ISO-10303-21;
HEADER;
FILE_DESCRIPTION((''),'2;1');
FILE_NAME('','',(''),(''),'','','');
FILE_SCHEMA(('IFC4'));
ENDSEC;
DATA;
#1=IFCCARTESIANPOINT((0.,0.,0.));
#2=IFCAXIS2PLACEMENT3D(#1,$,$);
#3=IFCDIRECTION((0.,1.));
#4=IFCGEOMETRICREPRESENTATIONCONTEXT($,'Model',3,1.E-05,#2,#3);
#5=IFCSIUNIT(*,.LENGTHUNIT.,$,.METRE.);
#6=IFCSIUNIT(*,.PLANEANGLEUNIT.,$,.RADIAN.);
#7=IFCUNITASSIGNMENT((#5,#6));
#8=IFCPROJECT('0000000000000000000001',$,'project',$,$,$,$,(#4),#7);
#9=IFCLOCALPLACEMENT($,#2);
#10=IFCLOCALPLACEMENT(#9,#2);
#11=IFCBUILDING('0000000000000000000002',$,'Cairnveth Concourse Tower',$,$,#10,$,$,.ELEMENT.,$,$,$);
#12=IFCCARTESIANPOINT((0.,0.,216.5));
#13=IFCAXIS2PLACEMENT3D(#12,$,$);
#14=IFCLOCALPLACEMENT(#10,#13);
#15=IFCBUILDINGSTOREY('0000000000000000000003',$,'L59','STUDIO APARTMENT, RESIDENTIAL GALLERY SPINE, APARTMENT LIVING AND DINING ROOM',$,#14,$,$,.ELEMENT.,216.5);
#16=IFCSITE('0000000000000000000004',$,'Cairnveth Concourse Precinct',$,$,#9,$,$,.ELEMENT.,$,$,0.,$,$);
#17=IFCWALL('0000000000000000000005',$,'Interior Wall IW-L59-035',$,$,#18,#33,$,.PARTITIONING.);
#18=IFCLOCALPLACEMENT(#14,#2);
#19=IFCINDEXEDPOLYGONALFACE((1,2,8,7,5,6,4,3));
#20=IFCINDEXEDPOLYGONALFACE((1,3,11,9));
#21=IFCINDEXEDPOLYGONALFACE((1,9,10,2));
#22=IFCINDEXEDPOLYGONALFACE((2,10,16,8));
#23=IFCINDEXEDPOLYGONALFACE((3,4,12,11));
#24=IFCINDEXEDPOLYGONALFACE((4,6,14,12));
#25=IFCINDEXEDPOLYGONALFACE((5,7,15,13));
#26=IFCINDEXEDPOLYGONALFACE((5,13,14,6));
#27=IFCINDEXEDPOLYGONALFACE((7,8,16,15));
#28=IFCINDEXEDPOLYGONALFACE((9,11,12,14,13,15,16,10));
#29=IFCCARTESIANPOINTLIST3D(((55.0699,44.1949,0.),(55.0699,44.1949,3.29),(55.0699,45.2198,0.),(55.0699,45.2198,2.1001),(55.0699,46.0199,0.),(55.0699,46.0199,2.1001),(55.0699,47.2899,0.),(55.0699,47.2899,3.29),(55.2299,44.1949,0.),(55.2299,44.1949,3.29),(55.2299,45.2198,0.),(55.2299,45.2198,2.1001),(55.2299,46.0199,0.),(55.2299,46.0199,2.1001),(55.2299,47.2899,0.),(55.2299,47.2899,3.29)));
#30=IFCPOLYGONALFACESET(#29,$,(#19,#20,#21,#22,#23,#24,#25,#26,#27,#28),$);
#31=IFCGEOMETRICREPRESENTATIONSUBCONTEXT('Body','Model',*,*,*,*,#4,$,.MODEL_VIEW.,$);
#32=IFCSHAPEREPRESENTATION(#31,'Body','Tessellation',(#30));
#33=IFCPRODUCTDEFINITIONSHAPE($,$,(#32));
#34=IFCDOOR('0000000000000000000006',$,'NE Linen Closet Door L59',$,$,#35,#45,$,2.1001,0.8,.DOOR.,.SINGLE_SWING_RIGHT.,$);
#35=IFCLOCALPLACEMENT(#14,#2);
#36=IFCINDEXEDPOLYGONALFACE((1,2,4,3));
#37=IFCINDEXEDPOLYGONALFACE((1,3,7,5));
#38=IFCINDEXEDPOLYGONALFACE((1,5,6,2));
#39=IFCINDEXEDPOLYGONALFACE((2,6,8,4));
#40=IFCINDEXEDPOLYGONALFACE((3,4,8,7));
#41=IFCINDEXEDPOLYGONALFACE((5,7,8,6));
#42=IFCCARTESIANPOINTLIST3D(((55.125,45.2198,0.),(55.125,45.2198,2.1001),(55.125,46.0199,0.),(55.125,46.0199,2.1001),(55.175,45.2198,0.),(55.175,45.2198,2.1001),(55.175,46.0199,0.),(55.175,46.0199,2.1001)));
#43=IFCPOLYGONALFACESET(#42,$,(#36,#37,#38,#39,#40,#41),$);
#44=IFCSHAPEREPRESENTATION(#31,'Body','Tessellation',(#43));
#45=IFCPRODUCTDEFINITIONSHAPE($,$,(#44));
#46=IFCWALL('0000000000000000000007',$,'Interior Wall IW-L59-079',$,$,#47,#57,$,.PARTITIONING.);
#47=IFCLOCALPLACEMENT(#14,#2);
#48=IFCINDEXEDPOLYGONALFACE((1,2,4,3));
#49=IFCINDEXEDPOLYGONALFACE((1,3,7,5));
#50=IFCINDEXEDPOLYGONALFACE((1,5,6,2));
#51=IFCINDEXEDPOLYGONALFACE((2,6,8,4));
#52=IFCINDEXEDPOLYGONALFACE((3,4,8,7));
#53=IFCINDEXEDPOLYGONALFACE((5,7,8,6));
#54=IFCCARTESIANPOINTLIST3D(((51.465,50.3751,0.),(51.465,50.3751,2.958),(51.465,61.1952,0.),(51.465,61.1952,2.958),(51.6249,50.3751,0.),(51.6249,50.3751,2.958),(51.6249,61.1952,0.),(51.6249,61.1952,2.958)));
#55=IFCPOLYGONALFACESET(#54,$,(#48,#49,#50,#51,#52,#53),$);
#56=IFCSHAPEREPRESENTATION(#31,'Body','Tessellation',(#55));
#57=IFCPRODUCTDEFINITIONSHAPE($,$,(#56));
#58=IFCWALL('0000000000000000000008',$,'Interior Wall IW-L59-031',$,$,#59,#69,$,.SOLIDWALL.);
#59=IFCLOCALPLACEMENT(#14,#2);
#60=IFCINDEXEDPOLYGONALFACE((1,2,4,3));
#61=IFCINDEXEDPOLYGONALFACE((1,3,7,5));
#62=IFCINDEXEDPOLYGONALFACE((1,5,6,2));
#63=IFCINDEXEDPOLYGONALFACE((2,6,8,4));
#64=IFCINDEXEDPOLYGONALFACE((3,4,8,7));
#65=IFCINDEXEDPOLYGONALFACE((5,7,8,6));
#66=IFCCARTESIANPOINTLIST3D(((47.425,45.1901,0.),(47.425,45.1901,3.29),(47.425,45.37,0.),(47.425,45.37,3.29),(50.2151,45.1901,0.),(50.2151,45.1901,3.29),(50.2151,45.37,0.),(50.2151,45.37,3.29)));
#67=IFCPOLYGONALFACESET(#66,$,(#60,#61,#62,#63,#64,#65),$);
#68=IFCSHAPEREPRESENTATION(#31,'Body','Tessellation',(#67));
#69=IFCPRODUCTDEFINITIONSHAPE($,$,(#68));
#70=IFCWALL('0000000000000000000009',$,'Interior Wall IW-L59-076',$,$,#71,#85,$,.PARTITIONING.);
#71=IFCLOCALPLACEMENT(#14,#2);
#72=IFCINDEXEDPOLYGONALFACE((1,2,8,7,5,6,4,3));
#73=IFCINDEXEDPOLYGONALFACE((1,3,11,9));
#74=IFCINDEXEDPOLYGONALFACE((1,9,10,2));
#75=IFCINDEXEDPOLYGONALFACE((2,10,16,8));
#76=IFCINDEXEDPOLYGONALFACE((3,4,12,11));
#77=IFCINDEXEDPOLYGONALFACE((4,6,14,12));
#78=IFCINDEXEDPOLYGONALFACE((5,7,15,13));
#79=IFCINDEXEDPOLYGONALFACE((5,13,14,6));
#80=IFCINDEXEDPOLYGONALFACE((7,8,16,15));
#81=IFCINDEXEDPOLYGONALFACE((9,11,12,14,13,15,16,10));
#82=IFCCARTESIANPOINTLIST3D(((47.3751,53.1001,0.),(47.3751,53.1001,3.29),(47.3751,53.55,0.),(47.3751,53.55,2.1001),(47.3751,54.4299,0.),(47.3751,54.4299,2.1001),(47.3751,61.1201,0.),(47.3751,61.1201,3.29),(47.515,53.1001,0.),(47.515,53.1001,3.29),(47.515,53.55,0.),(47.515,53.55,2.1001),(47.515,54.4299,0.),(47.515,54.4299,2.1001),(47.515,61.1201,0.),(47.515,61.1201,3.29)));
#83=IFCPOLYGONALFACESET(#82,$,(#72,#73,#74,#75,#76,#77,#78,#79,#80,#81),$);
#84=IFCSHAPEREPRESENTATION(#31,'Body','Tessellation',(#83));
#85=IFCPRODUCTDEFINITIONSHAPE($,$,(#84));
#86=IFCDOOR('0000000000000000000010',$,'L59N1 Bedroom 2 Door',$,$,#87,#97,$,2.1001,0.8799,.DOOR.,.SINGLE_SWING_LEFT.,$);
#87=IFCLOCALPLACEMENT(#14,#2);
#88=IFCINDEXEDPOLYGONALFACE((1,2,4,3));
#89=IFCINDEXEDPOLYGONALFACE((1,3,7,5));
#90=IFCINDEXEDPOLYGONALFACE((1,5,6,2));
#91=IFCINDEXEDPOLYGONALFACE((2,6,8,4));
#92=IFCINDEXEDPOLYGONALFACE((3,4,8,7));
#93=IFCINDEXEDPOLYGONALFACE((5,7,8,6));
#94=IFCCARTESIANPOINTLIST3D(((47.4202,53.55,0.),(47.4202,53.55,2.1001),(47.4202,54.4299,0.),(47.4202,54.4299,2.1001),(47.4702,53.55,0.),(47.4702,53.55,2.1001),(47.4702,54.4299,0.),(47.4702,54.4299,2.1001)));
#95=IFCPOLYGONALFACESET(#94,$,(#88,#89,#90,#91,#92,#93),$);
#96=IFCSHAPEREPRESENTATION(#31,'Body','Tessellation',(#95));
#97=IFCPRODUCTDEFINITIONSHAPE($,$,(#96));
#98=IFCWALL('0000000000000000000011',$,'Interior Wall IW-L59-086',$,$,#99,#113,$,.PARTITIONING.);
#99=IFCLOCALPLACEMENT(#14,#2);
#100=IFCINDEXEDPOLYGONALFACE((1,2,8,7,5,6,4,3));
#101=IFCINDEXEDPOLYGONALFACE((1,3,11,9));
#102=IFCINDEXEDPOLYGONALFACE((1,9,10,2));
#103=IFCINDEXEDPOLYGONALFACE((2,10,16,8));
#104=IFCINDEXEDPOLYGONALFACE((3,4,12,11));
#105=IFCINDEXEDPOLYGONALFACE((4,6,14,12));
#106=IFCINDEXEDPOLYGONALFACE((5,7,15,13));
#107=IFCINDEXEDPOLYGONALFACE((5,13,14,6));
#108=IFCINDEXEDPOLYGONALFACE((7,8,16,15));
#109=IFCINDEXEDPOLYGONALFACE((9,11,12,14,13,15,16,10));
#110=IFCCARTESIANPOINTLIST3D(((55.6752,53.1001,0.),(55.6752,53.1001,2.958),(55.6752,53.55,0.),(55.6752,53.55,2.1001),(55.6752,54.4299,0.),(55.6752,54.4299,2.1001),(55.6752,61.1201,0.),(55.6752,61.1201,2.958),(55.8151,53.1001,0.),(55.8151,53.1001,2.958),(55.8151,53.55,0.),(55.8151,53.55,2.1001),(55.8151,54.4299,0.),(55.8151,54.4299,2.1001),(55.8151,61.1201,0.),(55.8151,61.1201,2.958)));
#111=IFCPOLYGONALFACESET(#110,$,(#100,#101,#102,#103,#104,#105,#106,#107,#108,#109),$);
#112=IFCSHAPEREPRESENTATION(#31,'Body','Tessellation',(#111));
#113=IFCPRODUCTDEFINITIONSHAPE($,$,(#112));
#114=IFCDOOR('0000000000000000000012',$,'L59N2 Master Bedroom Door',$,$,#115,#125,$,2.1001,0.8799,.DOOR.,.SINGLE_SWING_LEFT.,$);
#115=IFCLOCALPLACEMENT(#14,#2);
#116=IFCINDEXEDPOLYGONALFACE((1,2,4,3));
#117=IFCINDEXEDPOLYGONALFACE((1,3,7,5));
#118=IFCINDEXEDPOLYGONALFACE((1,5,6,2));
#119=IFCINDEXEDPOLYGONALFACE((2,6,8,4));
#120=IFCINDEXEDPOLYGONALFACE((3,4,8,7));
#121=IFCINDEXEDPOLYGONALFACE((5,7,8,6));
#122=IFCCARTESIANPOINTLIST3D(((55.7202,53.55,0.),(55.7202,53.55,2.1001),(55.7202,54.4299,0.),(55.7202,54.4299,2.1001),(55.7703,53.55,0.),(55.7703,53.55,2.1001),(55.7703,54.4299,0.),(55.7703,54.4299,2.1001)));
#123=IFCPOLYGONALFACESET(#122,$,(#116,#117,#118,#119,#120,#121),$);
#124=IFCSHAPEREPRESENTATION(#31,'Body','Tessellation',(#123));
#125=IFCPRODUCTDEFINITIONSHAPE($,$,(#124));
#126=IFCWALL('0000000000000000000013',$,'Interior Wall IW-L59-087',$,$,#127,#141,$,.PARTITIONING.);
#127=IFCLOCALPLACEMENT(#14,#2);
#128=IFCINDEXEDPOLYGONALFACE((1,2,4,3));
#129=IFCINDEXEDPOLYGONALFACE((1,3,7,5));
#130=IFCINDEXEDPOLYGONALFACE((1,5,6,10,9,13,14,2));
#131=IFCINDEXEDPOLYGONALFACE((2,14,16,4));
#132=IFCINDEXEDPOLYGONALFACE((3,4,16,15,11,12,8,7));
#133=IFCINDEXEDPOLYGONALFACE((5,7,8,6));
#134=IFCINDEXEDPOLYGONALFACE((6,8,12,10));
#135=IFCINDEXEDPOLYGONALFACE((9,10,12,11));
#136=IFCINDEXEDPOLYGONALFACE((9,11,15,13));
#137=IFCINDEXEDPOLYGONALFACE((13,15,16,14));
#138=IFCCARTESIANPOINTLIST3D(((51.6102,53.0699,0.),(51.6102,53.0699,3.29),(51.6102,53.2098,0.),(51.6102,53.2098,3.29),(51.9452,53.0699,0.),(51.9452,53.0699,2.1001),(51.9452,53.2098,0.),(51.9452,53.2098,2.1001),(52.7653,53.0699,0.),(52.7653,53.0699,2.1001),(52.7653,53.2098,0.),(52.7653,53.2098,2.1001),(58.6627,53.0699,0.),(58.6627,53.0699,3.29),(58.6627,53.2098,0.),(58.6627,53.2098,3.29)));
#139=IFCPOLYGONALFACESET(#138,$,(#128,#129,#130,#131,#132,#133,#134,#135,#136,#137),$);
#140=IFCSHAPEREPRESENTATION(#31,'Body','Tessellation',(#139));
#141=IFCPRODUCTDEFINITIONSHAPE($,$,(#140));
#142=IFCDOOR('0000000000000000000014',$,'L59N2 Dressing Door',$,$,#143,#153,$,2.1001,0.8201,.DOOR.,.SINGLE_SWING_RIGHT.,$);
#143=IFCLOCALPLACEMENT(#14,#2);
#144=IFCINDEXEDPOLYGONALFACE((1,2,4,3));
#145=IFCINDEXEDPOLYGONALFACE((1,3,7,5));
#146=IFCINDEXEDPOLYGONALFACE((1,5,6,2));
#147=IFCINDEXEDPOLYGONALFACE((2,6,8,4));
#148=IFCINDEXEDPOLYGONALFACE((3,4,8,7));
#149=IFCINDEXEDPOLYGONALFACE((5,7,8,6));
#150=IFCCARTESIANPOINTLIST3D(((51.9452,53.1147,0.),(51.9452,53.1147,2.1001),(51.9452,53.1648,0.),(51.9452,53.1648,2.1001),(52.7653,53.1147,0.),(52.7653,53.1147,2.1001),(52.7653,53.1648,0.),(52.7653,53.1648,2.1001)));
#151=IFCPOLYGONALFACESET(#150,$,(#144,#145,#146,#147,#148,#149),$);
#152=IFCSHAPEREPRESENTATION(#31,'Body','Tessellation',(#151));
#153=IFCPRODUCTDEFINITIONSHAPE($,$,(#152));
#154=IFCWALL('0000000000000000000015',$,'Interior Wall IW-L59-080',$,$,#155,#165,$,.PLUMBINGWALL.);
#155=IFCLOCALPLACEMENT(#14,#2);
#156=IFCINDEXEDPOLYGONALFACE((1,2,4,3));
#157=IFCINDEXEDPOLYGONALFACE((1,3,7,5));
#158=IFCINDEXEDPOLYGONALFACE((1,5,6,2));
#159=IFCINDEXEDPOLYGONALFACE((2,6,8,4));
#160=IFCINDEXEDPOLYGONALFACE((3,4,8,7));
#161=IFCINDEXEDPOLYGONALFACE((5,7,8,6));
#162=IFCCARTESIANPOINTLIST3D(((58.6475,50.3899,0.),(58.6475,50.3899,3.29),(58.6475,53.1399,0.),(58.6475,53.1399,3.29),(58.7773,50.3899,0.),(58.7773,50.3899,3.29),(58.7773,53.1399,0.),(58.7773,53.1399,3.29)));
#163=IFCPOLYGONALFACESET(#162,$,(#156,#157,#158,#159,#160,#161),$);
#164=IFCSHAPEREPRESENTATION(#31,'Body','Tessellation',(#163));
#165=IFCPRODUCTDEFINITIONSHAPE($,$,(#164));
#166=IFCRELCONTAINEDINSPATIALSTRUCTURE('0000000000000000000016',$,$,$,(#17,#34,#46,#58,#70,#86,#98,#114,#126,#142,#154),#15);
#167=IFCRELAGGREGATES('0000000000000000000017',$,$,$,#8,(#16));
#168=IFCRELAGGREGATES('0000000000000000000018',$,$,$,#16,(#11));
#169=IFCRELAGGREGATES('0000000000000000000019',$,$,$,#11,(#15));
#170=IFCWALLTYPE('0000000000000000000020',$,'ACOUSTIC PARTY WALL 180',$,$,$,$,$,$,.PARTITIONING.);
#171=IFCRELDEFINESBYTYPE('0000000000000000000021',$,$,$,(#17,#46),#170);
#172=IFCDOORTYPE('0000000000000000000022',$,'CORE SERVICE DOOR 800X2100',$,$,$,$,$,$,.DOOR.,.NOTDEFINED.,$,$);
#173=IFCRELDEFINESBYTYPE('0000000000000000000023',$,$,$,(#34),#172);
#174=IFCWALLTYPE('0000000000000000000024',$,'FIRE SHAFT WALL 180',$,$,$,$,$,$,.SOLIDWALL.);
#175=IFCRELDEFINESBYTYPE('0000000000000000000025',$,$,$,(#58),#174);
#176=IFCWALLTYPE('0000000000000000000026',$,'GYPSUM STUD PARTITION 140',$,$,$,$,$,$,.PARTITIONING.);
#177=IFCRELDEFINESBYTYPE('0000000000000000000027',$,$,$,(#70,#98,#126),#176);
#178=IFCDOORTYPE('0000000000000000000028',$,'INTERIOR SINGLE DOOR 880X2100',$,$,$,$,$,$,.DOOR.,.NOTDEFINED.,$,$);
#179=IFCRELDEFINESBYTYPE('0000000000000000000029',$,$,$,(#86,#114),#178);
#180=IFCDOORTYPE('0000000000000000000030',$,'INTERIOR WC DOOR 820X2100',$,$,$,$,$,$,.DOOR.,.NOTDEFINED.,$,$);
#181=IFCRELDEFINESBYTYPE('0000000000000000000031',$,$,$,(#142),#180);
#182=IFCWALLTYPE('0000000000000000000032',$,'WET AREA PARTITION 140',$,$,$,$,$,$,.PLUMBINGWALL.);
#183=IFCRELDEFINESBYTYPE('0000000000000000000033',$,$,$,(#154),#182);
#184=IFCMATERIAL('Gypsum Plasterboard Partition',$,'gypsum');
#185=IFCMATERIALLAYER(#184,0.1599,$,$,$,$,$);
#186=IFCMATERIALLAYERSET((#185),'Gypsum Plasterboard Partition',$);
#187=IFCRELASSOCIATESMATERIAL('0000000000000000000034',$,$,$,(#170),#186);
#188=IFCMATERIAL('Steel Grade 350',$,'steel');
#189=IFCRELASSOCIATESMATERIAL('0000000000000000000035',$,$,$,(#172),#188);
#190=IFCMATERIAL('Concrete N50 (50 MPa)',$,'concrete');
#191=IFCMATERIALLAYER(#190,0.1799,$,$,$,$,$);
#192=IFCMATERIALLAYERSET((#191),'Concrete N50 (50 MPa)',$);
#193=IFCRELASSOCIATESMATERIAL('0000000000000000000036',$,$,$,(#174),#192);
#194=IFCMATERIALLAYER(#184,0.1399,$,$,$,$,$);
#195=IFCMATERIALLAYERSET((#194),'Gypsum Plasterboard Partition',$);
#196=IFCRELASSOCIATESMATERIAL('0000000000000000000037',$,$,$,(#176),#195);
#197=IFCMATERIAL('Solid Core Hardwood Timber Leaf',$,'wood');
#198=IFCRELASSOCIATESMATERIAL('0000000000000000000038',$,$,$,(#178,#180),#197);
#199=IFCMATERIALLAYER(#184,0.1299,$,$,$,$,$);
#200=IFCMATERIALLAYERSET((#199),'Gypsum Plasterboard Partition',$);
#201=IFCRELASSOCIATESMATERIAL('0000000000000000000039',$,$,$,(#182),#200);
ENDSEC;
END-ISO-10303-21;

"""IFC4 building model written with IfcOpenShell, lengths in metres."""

from ifc_helpers import new_model, si_unit, direction, frame, frame_2d, origin, place, context, subcontext, project, spatial, rectangle, extrude, material, layer, layer_set, type_object, element, fill, save


model = new_model("IFC4")

# Units and contexts
model_context = context("Model", 3, precision=1e-05, world=origin(), true_north=direction((0.0, 1.0)))
body_context = subcontext(model_context, "Body", "Model", "MODEL_VIEW")
ifc_project = project(units=[si_unit("LENGTHUNIT", "METRE"), si_unit("PLANEANGLEUNIT", "RADIAN")], contexts=[model_context])

# Site, building, storey
site_placement = place(None, origin())
site = spatial("IfcSite", under=ifc_project, at=site_placement, Name="Cairnveth Concourse Precinct", CompositionType="ELEMENT", RefElevation=0.0)
building_placement = place(site_placement, origin())
building = spatial("IfcBuilding", under=site, at=building_placement, Name="Cairnveth Concourse Tower", CompositionType="ELEMENT")
storey_placement = place(building_placement, frame((0.0, 0.0, 216.5)))
storey = spatial("IfcBuildingStorey", under=building, at=storey_placement, Name="L59", Description="STUDIO APARTMENT, RESIDENTIAL GALLERY SPINE, APARTMENT LIVING AND DINING ROOM", CompositionType="ELEMENT", Elevation=216.5)

# Shared definitions
ifc_material_1 = material(Name="Steel Grade 350", Category="steel")

# Wall, opening, door
ifc_material_2 = material(Name="Gypsum Plasterboard Partition", Category="gypsum")
ifc_layer_1 = layer(ifc_material_2, 0.1599)
ifc_layer_set_1 = layer_set([ifc_layer_1], Name="Gypsum Plasterboard Partition")
wall_type_1 = type_object("IfcWallType", Name="ACOUSTIC PARTY WALL 180", PredefinedType="PARTITIONING", material=ifc_layer_set_1)
wall_1_placement = place(storey_placement, frame((55.1499, 44.1951, 0.0), z_axis=(0.0, 0.0, 1.0), x_axis=(0.0, 1.0, 0.0)))
wall_1 = element("IfcWall", 1, at=wall_1_placement, inside=storey, type_object=wall_type_1, Name="Interior Wall IW-L59-035", PredefinedType="PARTITIONING", context=body_context, shape_type="SweptSolid", body=[
    extrude(rectangle(XDim=3.095, YDim=0.1599, at=frame_2d((1.5474, 0.0))), origin(), (0.0, 0.0, 1.0), 3.29),
])
opening_1_placement = place(wall_1_placement, frame((1.0249, 0.0, 0.0)))
opening_1 = element("IfcOpeningElement", 2, at=opening_1_placement, cuts=wall_1, PredefinedType="OPENING", context=body_context, shape_type="SweptSolid", body=[
    extrude(rectangle(XDim=0.8, YDim=2.1001, at=frame_2d((0.3999, 1.05))), frame((0.0, 0.0898, 0.0), z_axis=(0.0, -1.0, 0.0), x_axis=(1.0, 0.0, 0.0)), (0.0, 0.0, 1.0), 0.1799),
])
door_type_1 = type_object("IfcDoorType", Name="CORE SERVICE DOOR 800X2100", OperationType="NOTDEFINED", PredefinedType="DOOR", material=ifc_material_1)
door_1_placement = place(opening_1_placement, origin())
door_1 = element("IfcDoor", 3, at=door_1_placement, inside=storey, type_object=door_type_1, Name="NE Linen Closet Door L59", OperationType="SINGLE_SWING_RIGHT", OverallHeight=2.1001, OverallWidth=0.8, PredefinedType="DOOR", context=body_context, shape_type="SweptSolid", body=[
    extrude(rectangle(XDim=0.8, YDim=2.1001, at=frame_2d((0.3999, 1.05))), frame((0.0, 0.0249, 0.0), z_axis=(0.0, -1.0, 0.0), x_axis=(1.0, 0.0, 0.0)), (0.0, 0.0, 1.0), 0.05),
])
fill(opening_1, door_1)

# Walls
wall_2_placement = place(storey_placement, frame((51.5449, 50.375, 0.0), z_axis=(0.0, 0.0, 1.0), x_axis=(0.0, 1.0, 0.0)))
element("IfcWall", 4, at=wall_2_placement, inside=storey, type_object=wall_type_1, Name="Interior Wall IW-L59-079", PredefinedType="PARTITIONING", context=body_context, shape_type="SweptSolid", body=[
    extrude(rectangle(XDim=10.8201, YDim=0.1599, at=frame_2d((5.4102, 0.0))), origin(), (0.0, 0.0, 1.0), 2.958),
])
ifc_material_3 = material(Name="Concrete N50 (50 MPa)", Category="concrete")
ifc_layer_2 = layer(ifc_material_3, 0.1799)
ifc_layer_set_2 = layer_set([ifc_layer_2], Name="Concrete N50 (50 MPa)")
wall_type_2 = type_object("IfcWallType", Name="FIRE SHAFT WALL 180", PredefinedType="SOLIDWALL", material=ifc_layer_set_2)
wall_3_placement = place(storey_placement, frame((47.425, 45.28, 0.0), z_axis=(0.0, 0.0, 1.0), x_axis=(1.0, 0.0, 0.0)))
element("IfcWall", 5, at=wall_3_placement, inside=storey, type_object=wall_type_2, Name="Interior Wall IW-L59-031", PredefinedType="SOLIDWALL", context=body_context, shape_type="SweptSolid", body=[
    extrude(rectangle(XDim=2.79, YDim=0.1799, at=frame_2d((1.395, 0.0))), origin(), (0.0, 0.0, 1.0), 3.29),
])

# Walls, openings, doors
ifc_layer_3 = layer(ifc_material_2, 0.1399)
ifc_layer_set_3 = layer_set([ifc_layer_3], Name="Gypsum Plasterboard Partition")
wall_type_3 = type_object("IfcWallType", Name="GYPSUM STUD PARTITION 140", PredefinedType="PARTITIONING", material=ifc_layer_set_3)
wall_4_placement = place(storey_placement, frame((47.4451, 53.1001, 0.0), z_axis=(0.0, 0.0, 1.0), x_axis=(0.0, 1.0, 0.0)))
wall_4 = element("IfcWall", 6, at=wall_4_placement, inside=storey, type_object=wall_type_3, Name="Interior Wall IW-L59-076", PredefinedType="PARTITIONING", context=body_context, shape_type="SweptSolid", body=[
    extrude(rectangle(XDim=8.02, YDim=0.1399, at=frame_2d((4.01, 0.0))), origin(), (0.0, 0.0, 1.0), 3.29),
])
opening_2_placement = place(wall_4_placement, frame((0.45, 0.0, 0.0)))
opening_2 = element("IfcOpeningElement", 7, at=opening_2_placement, cuts=wall_4, PredefinedType="OPENING", context=body_context, shape_type="SweptSolid", body=[
    extrude(rectangle(XDim=0.8799, YDim=2.1001, at=frame_2d((0.4399, 1.05))), frame((0.0, 0.0798, 0.0), z_axis=(0.0, -1.0, 0.0), x_axis=(1.0, 0.0, 0.0)), (0.0, 0.0, 1.0), 0.1599),
])
ifc_material_4 = material(Name="Solid Core Hardwood Timber Leaf", Category="wood")
door_type_2 = type_object("IfcDoorType", Name="INTERIOR SINGLE DOOR 880X2100", OperationType="NOTDEFINED", PredefinedType="DOOR", material=ifc_material_4)
door_2_placement = place(opening_2_placement, origin())
door_2 = element("IfcDoor", 8, at=door_2_placement, inside=storey, type_object=door_type_2, Name="L59N1 Bedroom 2 Door", OperationType="SINGLE_SWING_LEFT", OverallHeight=2.1001, OverallWidth=0.8799, PredefinedType="DOOR", context=body_context, shape_type="SweptSolid", body=[
    extrude(rectangle(XDim=0.8799, YDim=2.1001, at=frame_2d((0.4399, 1.05))), frame((0.0, 0.0249, 0.0), z_axis=(0.0, -1.0, 0.0), x_axis=(1.0, 0.0, 0.0)), (0.0, 0.0, 1.0), 0.05),
])
fill(opening_2, door_2)
wall_5_placement = place(storey_placement, frame((55.7451, 53.1001, 0.0), z_axis=(0.0, 0.0, 1.0), x_axis=(0.0, 1.0, 0.0)))
wall_5 = element("IfcWall", 9, at=wall_5_placement, inside=storey, type_object=wall_type_3, Name="Interior Wall IW-L59-086", PredefinedType="PARTITIONING", context=body_context, shape_type="SweptSolid", body=[
    extrude(rectangle(XDim=8.02, YDim=0.1399, at=frame_2d((4.01, 0.0))), origin(), (0.0, 0.0, 1.0), 2.958),
])
opening_3_placement = place(wall_5_placement, frame((0.45, 0.0, 0.0)))
opening_3 = element("IfcOpeningElement", 10, at=opening_3_placement, cuts=wall_5, PredefinedType="OPENING", context=body_context, shape_type="SweptSolid", body=[
    extrude(rectangle(XDim=0.8799, YDim=2.1001, at=frame_2d((0.4399, 1.05))), frame((0.0, 0.0798, 0.0), z_axis=(0.0, -1.0, 0.0), x_axis=(1.0, 0.0, 0.0)), (0.0, 0.0, 1.0), 0.1599),
])
door_3_placement = place(opening_3_placement, origin())
door_3 = element("IfcDoor", 11, at=door_3_placement, inside=storey, type_object=door_type_2, Name="L59N2 Master Bedroom Door", OperationType="SINGLE_SWING_LEFT", OverallHeight=2.1001, OverallWidth=0.8799, PredefinedType="DOOR", context=body_context, shape_type="SweptSolid", body=[
    extrude(rectangle(XDim=0.8799, YDim=2.1001, at=frame_2d((0.4399, 1.05))), frame((0.0, 0.0249, 0.0), z_axis=(0.0, -1.0, 0.0), x_axis=(1.0, 0.0, 0.0)), (0.0, 0.0, 1.0), 0.05),
])
fill(opening_3, door_3)
wall_6_placement = place(storey_placement, frame((51.6101, 53.1399, 0.0), z_axis=(0.0, 0.0, 1.0), x_axis=(1.0, 0.0, 0.0)))
wall_6 = element("IfcWall", 12, at=wall_6_placement, inside=storey, type_object=wall_type_3, Name="Interior Wall IW-L59-087", PredefinedType="PARTITIONING", context=body_context, shape_type="SweptSolid", body=[
    extrude(rectangle(XDim=7.0525, YDim=0.1399, at=frame_2d((3.5264, 0.0))), origin(), (0.0, 0.0, 1.0), 3.29),
])
opening_4_placement = place(wall_6_placement, frame((0.335, 0.0, 0.0)))
opening_4 = element("IfcOpeningElement", 13, at=opening_4_placement, cuts=wall_6, PredefinedType="OPENING", context=body_context, shape_type="SweptSolid", body=[
    extrude(rectangle(XDim=0.8201, YDim=2.1001, at=frame_2d((0.4102, 1.05))), frame((0.0, 0.0798, 0.0), z_axis=(0.0, -1.0, 0.0), x_axis=(1.0, 0.0, 0.0)), (0.0, 0.0, 1.0), 0.1599),
])
door_type_3 = type_object("IfcDoorType", Name="INTERIOR WC DOOR 820X2100", OperationType="NOTDEFINED", PredefinedType="DOOR", material=ifc_material_4)
door_4_placement = place(opening_4_placement, origin())
door_4 = element("IfcDoor", 14, at=door_4_placement, inside=storey, type_object=door_type_3, Name="L59N2 Dressing Door", OperationType="SINGLE_SWING_RIGHT", OverallHeight=2.1001, OverallWidth=0.8201, PredefinedType="DOOR", context=body_context, shape_type="SweptSolid", body=[
    extrude(rectangle(XDim=0.8201, YDim=2.1001, at=frame_2d((0.4102, 1.05))), frame((0.0, 0.0249, 0.0), z_axis=(0.0, -1.0, 0.0), x_axis=(1.0, 0.0, 0.0)), (0.0, 0.0, 1.0), 0.05),
])
fill(opening_4, door_4)

# Wall
ifc_layer_4 = layer(ifc_material_2, 0.1299)
ifc_layer_set_4 = layer_set([ifc_layer_4], Name="Gypsum Plasterboard Partition")
wall_type_4 = type_object("IfcWallType", Name="WET AREA PARTITION 140", PredefinedType="PLUMBINGWALL", material=ifc_layer_set_4)
wall_7_placement = place(storey_placement, frame((58.7124, 50.3899, 0.0), z_axis=(0.0, 0.0, 1.0), x_axis=(0.0, 1.0, 0.0)))
element("IfcWall", 15, at=wall_7_placement, inside=storey, type_object=wall_type_4, Name="Interior Wall IW-L59-080", PredefinedType="PLUMBINGWALL", context=body_context, shape_type="SweptSolid", body=[
    extrude(rectangle(XDim=2.75, YDim=0.1299, at=frame_2d((1.375, 0.0))), origin(), (0.0, 0.0, 1.0), 3.29),
])

save(model, "model.ifc")
